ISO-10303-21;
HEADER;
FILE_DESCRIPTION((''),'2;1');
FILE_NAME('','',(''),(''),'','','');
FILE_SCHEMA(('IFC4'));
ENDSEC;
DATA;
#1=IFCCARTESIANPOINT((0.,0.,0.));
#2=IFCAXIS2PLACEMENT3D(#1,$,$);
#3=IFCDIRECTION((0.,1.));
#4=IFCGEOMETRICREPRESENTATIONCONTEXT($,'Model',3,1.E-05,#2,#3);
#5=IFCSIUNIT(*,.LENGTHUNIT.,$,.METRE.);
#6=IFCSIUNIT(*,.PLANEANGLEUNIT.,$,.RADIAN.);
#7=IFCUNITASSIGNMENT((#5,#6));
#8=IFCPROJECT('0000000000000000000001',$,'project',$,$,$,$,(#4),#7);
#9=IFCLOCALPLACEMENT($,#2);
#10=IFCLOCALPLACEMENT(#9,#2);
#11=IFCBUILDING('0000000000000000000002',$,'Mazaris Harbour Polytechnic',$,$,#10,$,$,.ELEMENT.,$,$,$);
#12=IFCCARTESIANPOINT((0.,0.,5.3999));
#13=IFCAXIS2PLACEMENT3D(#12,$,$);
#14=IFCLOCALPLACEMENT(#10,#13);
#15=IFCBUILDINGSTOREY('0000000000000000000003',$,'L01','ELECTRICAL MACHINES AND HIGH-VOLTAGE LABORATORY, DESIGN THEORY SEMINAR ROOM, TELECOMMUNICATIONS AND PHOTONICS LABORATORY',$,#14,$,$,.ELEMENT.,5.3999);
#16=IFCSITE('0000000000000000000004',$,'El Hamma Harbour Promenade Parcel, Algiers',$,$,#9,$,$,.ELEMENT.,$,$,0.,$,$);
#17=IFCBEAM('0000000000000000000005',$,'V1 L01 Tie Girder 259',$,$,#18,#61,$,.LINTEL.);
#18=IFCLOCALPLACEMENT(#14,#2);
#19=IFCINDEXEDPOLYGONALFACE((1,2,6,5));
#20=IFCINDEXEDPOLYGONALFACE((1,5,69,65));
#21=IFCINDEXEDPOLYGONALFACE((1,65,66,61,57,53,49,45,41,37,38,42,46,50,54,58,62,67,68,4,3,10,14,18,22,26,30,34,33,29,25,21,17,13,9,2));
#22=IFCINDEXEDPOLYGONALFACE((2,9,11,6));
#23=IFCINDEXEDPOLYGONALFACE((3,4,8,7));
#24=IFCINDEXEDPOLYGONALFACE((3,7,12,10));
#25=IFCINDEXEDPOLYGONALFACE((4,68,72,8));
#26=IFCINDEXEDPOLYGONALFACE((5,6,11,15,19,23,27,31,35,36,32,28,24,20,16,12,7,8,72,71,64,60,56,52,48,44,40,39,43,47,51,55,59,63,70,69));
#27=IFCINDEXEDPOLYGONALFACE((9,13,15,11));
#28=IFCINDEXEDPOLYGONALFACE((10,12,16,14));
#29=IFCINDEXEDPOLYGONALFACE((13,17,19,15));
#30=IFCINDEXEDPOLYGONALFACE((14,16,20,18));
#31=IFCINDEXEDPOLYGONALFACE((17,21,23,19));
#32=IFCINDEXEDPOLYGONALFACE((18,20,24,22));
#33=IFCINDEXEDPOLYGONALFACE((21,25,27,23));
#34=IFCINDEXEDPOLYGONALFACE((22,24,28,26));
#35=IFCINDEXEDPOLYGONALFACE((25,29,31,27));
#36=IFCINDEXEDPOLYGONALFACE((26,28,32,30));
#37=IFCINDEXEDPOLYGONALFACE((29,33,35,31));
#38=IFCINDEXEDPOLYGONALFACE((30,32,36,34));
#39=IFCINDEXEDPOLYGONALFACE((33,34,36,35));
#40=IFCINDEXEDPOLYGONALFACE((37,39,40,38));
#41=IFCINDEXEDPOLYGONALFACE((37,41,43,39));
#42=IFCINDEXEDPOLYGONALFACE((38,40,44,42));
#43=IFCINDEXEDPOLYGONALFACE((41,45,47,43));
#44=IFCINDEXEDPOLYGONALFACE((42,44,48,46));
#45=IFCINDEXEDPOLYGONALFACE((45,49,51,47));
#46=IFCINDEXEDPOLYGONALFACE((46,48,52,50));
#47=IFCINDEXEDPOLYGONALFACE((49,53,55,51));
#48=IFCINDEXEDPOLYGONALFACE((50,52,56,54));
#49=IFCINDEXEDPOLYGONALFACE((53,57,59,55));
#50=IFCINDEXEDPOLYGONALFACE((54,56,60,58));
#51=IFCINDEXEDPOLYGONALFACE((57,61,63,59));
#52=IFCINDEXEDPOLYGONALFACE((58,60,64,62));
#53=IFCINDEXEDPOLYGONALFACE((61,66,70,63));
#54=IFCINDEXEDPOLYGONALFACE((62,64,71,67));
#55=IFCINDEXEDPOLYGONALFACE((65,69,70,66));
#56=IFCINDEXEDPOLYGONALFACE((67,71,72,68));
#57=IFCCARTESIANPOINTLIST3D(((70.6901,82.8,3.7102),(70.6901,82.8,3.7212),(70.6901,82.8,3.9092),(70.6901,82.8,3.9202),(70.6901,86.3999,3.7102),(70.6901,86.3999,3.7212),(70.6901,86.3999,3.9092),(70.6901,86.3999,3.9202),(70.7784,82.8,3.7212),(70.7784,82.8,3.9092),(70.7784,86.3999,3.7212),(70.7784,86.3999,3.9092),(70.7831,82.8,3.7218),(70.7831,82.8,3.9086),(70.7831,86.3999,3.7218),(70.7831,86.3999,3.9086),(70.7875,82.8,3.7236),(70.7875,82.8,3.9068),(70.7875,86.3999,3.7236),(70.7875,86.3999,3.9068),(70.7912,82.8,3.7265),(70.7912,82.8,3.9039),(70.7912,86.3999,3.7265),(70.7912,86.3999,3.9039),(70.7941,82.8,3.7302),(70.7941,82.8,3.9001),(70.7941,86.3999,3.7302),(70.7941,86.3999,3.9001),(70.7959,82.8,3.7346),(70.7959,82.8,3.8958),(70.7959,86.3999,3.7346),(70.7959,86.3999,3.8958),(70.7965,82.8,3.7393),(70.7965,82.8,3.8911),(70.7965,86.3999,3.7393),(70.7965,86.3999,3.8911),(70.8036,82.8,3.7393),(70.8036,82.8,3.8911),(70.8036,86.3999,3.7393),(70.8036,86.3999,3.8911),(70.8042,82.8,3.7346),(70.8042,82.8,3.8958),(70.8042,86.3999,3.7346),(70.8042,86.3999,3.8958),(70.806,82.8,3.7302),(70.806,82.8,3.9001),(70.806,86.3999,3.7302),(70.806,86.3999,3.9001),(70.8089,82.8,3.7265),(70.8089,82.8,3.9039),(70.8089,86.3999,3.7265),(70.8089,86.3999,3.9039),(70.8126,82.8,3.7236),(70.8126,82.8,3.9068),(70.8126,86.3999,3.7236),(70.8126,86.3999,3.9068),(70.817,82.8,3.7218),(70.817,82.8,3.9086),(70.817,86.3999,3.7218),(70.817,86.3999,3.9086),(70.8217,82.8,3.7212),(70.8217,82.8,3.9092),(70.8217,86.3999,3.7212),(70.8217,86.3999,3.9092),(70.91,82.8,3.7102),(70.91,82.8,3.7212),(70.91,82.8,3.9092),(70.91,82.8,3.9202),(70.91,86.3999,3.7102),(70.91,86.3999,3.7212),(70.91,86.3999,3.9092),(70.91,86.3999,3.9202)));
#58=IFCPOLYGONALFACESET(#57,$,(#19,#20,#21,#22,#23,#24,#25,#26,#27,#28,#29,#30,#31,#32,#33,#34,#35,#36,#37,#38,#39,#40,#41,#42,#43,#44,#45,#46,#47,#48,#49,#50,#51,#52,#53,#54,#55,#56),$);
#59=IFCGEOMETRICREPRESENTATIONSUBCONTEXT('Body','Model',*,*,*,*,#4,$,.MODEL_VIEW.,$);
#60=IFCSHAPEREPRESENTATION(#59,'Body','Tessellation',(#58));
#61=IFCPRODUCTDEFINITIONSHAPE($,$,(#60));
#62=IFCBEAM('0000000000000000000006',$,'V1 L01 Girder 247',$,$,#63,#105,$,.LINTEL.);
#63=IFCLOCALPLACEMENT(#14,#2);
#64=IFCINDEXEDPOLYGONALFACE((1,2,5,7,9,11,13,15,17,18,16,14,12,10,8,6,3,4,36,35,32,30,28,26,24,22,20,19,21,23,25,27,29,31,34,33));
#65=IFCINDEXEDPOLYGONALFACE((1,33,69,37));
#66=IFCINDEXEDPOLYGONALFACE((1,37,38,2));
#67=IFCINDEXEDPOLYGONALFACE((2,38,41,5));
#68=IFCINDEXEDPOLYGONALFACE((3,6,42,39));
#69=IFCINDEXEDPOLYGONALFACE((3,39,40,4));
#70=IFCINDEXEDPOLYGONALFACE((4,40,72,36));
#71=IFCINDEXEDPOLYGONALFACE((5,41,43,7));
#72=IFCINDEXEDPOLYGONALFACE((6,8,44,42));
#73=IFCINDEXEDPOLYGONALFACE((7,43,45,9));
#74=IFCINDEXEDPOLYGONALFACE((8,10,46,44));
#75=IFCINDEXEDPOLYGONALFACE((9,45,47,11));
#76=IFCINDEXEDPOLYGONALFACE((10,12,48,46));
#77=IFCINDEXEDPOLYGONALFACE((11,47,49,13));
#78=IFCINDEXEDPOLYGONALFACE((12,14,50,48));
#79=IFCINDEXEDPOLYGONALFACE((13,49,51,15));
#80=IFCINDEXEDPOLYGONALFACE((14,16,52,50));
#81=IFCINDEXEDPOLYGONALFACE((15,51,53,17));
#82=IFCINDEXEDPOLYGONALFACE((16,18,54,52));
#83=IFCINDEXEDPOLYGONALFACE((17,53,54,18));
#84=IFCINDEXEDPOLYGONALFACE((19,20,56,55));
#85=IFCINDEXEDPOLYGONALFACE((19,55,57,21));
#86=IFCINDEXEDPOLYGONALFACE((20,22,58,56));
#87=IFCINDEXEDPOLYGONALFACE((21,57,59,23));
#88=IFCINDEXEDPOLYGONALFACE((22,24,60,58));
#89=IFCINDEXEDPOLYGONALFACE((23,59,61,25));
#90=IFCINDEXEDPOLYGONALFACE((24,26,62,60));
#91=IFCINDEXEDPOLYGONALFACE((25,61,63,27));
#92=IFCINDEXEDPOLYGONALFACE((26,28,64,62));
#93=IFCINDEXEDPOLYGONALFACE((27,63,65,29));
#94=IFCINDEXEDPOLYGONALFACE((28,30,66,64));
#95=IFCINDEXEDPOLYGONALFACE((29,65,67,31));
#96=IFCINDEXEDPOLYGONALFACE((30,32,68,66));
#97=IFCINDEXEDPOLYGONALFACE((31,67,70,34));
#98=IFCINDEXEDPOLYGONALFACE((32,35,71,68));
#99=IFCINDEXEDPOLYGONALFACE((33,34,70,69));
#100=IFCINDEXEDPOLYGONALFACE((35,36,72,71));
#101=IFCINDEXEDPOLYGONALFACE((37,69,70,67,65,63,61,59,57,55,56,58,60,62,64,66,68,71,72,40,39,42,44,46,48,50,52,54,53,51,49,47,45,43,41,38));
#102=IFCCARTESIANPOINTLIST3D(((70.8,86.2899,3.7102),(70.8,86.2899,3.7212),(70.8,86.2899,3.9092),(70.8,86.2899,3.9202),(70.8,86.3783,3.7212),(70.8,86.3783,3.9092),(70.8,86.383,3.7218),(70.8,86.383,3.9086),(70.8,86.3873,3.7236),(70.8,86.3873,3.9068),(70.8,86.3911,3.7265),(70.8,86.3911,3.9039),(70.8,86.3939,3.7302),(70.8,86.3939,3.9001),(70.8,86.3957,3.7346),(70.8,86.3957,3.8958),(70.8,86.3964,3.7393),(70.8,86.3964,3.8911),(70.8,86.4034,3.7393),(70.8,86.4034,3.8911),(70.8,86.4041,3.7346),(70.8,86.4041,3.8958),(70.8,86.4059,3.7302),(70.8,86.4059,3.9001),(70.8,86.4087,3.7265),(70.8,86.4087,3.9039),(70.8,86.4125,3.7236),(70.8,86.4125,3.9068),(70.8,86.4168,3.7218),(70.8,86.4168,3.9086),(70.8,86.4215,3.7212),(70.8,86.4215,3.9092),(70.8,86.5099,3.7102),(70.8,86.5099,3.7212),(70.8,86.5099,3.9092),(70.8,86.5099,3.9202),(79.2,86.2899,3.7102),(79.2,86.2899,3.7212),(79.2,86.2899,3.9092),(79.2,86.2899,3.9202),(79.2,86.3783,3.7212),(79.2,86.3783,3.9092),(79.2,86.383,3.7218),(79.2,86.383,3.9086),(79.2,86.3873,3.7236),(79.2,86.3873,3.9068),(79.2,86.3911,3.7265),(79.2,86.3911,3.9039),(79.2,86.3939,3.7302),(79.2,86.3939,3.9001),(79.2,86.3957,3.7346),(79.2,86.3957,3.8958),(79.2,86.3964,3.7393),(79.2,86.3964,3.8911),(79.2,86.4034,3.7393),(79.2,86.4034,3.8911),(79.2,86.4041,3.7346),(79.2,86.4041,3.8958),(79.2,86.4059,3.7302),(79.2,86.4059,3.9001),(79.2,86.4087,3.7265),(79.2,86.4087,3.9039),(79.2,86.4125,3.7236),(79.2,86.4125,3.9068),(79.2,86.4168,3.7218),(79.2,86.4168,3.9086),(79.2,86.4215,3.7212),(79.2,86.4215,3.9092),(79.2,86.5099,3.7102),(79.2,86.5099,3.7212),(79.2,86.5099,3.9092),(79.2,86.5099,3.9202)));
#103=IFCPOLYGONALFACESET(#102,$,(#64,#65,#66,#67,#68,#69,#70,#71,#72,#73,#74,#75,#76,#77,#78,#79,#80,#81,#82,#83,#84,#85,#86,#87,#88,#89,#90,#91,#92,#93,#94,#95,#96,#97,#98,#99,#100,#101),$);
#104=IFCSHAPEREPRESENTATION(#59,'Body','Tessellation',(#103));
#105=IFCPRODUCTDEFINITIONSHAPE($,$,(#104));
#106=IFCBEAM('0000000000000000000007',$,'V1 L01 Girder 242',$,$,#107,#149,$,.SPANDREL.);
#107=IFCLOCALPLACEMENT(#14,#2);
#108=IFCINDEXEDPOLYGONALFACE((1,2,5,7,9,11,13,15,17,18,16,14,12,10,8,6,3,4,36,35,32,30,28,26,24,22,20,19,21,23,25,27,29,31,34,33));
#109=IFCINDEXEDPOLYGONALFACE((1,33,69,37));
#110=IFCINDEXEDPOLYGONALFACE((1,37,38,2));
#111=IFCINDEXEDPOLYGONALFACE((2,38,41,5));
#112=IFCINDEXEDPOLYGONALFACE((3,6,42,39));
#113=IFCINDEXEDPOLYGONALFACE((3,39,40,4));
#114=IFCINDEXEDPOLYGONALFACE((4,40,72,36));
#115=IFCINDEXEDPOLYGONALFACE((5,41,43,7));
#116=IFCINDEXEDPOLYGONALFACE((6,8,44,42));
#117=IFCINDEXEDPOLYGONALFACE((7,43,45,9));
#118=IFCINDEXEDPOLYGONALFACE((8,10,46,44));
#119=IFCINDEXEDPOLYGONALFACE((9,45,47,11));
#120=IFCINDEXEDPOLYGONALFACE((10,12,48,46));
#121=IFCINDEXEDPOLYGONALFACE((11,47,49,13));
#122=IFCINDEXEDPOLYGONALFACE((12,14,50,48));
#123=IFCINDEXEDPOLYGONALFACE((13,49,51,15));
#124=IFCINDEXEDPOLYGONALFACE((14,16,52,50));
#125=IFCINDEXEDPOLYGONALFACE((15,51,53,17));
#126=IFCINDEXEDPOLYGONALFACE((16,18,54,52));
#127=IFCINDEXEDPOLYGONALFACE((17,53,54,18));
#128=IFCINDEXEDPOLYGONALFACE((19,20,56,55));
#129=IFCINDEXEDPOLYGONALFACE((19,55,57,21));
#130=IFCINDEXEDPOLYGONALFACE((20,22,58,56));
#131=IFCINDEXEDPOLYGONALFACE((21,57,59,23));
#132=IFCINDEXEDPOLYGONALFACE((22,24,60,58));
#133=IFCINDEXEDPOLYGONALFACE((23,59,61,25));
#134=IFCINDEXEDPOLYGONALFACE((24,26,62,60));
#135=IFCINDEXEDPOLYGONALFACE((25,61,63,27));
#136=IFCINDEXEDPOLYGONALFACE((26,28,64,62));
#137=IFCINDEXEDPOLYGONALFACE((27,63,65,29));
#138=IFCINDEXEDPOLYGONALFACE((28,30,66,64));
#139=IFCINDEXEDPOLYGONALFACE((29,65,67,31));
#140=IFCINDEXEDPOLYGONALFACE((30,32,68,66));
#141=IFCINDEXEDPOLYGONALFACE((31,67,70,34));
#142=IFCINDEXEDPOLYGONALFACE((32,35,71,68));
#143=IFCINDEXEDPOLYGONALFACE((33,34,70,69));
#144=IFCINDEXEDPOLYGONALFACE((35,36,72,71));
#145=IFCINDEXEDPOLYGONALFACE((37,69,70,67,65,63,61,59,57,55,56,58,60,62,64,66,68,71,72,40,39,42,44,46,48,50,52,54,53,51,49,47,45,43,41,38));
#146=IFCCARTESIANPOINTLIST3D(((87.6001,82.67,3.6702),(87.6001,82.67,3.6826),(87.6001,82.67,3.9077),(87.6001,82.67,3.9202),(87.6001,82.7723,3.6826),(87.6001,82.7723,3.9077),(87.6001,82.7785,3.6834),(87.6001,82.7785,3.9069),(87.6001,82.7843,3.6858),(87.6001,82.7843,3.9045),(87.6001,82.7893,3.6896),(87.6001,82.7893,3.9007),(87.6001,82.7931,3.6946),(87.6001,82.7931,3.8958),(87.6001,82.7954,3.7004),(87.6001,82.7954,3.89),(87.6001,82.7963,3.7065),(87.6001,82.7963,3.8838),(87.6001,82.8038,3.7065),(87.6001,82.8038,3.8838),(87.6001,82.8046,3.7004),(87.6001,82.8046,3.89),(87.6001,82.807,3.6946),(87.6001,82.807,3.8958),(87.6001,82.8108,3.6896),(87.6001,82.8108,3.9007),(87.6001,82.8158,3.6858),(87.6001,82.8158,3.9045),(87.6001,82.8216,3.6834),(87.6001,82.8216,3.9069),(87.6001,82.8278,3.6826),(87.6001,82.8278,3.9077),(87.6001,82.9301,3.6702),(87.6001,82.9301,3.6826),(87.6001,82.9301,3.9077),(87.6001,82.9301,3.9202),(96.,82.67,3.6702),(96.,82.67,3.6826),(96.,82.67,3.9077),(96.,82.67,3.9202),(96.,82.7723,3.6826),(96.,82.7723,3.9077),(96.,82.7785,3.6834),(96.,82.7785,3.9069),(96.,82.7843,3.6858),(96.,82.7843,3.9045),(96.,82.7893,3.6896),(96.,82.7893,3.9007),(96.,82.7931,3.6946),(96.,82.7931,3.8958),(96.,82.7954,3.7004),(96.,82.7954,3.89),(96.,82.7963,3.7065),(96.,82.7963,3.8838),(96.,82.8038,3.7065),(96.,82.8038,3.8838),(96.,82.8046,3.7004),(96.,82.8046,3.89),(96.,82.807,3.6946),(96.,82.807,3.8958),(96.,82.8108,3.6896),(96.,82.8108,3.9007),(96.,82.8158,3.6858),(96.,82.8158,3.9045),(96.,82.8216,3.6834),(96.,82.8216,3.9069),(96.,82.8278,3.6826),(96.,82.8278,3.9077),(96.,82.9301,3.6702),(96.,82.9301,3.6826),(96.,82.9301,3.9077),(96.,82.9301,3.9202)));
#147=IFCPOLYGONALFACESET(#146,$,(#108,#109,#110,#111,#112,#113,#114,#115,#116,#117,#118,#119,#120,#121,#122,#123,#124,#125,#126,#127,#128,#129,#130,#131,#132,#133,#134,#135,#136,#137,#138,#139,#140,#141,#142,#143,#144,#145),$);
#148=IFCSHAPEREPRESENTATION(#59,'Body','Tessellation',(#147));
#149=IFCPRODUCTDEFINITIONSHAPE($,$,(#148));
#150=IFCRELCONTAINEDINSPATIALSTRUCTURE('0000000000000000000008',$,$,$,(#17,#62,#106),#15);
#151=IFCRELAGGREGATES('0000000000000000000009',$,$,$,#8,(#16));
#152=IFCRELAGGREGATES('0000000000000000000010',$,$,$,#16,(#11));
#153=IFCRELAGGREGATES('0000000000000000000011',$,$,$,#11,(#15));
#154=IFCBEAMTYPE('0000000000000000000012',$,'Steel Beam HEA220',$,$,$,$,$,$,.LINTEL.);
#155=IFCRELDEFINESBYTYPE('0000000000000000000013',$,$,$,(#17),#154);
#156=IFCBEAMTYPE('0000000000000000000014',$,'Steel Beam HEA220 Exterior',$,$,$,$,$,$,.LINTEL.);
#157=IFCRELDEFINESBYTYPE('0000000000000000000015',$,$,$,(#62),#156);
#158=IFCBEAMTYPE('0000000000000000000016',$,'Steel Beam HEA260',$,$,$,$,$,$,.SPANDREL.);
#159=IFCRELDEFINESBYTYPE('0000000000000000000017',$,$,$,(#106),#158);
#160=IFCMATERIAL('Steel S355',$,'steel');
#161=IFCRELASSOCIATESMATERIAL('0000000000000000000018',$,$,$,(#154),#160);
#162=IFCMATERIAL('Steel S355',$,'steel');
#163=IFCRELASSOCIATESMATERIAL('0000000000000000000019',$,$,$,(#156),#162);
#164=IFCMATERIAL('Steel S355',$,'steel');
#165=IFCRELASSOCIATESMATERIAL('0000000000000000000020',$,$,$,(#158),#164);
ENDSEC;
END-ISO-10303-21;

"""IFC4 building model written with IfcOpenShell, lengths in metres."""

from ifc_helpers import new_model, si_unit, direction, frame, origin, origin_2d, place, context, subcontext, project, spatial, i_section, extrude, material, material_profile, profile_set, type_object, element, save


model = new_model("IFC4")

# Units and contexts
model_context = context("Model", 3, precision=1e-05, world=origin(), true_north=direction((0.0, 1.0)))
body_context = subcontext(model_context, "Body", "Model", "MODEL_VIEW")
ifc_project = project(units=[si_unit("LENGTHUNIT", "METRE"), si_unit("PLANEANGLEUNIT", "RADIAN")], contexts=[model_context])

# Site, building, storey
site_placement = place(None, origin())
site = spatial("IfcSite", under=ifc_project, at=site_placement, Name="El Hamma Harbour Promenade Parcel, Algiers", CompositionType="ELEMENT", RefElevation=0.0)
building_placement = place(site_placement, origin())
building = spatial("IfcBuilding", under=site, at=building_placement, Name="Mazaris Harbour Polytechnic", CompositionType="ELEMENT")
storey_placement = place(building_placement, frame((0.0, 0.0, 5.3999)))
storey = spatial("IfcBuildingStorey", under=building, at=storey_placement, Name="L01", Description="ELECTRICAL MACHINES AND HIGH-VOLTAGE LABORATORY, DESIGN THEORY SEMINAR ROOM, TELECOMMUNICATIONS AND PHOTONICS LABORATORY", CompositionType="ELEMENT", Elevation=5.3999)

# Beams
ifc_material_1 = material(Name="Steel S355", Category="steel")
ifc_material_profile_1 = material_profile(ifc_material_1, i_section(OverallWidth=0.22, OverallDepth=0.21, WebThickness=0.0071, FlangeThickness=0.011, FilletRadius=0.0181, at=origin_2d()), Name="HEA 220")
ifc_profile_set_1 = profile_set([ifc_material_profile_1], Name="Steel S355")
beam_type_1 = type_object("IfcBeamType", Name="Steel Beam HEA220", PredefinedType="LINTEL", material=ifc_profile_set_1)
beam_1_placement = place(storey_placement, frame((70.8, 82.8, 3.8152), z_axis=(0.0, 1.0, 0.0), x_axis=(-1.0, 0.0, 0.0)))
element("IfcBeam", 1, at=beam_1_placement, inside=storey, type_object=beam_type_1, Name="V1 L01 Tie Girder 259", PredefinedType="LINTEL", context=body_context, shape_type="SweptSolid", body=[
    extrude(i_section(OverallWidth=0.22, OverallDepth=0.21, WebThickness=0.0071, FlangeThickness=0.011, FilletRadius=0.0181, at=origin_2d()), origin(), (0.0, 0.0, 1.0), 3.5999),
])
ifc_material_2 = material(Name="Steel S355", Category="steel")
ifc_material_profile_2 = material_profile(ifc_material_2, i_section(OverallWidth=0.22, OverallDepth=0.21, WebThickness=0.0071, FlangeThickness=0.011, FilletRadius=0.0181, at=origin_2d()), Name="HEA 220")
ifc_profile_set_2 = profile_set([ifc_material_profile_2], Name="Steel S355")
beam_type_2 = type_object("IfcBeamType", Name="Steel Beam HEA220 Exterior", PredefinedType="LINTEL", material=ifc_profile_set_2)
beam_2_placement = place(storey_placement, frame((70.8, 86.3999, 3.8152), z_axis=(1.0, 0.0, 0.0), x_axis=(0.0, 1.0, 0.0)))
element("IfcBeam", 2, at=beam_2_placement, inside=storey, type_object=beam_type_2, Name="V1 L01 Girder 247", PredefinedType="LINTEL", context=body_context, shape_type="SweptSolid", body=[
    extrude(i_section(OverallWidth=0.22, OverallDepth=0.21, WebThickness=0.0071, FlangeThickness=0.011, FilletRadius=0.0181, at=origin_2d()), origin(), (0.0, 0.0, 1.0), 8.3999),
])
ifc_material_3 = material(Name="Steel S355", Category="steel")
ifc_material_profile_3 = material_profile(ifc_material_3, i_section(OverallWidth=0.26, OverallDepth=0.25, WebThickness=0.0076, FlangeThickness=0.0125, FilletRadius=0.0239, at=origin_2d()), Name="HEA 260")
ifc_profile_set_3 = profile_set([ifc_material_profile_3], Name="Steel S355")
beam_type_3 = type_object("IfcBeamType", Name="Steel Beam HEA260", PredefinedType="SPANDREL", material=ifc_profile_set_3)
beam_3_placement = place(storey_placement, frame((87.6001, 82.8, 3.7952), z_axis=(1.0, 0.0, 0.0), x_axis=(0.0, 1.0, 0.0)))
element("IfcBeam", 3, at=beam_3_placement, inside=storey, type_object=beam_type_3, Name="V1 L01 Girder 242", PredefinedType="SPANDREL", context=body_context, shape_type="SweptSolid", body=[
    extrude(i_section(OverallWidth=0.26, OverallDepth=0.25, WebThickness=0.0076, FlangeThickness=0.0125, FilletRadius=0.0239, at=origin_2d()), origin(), (0.0, 0.0, 1.0), 8.3999),
])

save(model, "model.ifc")
